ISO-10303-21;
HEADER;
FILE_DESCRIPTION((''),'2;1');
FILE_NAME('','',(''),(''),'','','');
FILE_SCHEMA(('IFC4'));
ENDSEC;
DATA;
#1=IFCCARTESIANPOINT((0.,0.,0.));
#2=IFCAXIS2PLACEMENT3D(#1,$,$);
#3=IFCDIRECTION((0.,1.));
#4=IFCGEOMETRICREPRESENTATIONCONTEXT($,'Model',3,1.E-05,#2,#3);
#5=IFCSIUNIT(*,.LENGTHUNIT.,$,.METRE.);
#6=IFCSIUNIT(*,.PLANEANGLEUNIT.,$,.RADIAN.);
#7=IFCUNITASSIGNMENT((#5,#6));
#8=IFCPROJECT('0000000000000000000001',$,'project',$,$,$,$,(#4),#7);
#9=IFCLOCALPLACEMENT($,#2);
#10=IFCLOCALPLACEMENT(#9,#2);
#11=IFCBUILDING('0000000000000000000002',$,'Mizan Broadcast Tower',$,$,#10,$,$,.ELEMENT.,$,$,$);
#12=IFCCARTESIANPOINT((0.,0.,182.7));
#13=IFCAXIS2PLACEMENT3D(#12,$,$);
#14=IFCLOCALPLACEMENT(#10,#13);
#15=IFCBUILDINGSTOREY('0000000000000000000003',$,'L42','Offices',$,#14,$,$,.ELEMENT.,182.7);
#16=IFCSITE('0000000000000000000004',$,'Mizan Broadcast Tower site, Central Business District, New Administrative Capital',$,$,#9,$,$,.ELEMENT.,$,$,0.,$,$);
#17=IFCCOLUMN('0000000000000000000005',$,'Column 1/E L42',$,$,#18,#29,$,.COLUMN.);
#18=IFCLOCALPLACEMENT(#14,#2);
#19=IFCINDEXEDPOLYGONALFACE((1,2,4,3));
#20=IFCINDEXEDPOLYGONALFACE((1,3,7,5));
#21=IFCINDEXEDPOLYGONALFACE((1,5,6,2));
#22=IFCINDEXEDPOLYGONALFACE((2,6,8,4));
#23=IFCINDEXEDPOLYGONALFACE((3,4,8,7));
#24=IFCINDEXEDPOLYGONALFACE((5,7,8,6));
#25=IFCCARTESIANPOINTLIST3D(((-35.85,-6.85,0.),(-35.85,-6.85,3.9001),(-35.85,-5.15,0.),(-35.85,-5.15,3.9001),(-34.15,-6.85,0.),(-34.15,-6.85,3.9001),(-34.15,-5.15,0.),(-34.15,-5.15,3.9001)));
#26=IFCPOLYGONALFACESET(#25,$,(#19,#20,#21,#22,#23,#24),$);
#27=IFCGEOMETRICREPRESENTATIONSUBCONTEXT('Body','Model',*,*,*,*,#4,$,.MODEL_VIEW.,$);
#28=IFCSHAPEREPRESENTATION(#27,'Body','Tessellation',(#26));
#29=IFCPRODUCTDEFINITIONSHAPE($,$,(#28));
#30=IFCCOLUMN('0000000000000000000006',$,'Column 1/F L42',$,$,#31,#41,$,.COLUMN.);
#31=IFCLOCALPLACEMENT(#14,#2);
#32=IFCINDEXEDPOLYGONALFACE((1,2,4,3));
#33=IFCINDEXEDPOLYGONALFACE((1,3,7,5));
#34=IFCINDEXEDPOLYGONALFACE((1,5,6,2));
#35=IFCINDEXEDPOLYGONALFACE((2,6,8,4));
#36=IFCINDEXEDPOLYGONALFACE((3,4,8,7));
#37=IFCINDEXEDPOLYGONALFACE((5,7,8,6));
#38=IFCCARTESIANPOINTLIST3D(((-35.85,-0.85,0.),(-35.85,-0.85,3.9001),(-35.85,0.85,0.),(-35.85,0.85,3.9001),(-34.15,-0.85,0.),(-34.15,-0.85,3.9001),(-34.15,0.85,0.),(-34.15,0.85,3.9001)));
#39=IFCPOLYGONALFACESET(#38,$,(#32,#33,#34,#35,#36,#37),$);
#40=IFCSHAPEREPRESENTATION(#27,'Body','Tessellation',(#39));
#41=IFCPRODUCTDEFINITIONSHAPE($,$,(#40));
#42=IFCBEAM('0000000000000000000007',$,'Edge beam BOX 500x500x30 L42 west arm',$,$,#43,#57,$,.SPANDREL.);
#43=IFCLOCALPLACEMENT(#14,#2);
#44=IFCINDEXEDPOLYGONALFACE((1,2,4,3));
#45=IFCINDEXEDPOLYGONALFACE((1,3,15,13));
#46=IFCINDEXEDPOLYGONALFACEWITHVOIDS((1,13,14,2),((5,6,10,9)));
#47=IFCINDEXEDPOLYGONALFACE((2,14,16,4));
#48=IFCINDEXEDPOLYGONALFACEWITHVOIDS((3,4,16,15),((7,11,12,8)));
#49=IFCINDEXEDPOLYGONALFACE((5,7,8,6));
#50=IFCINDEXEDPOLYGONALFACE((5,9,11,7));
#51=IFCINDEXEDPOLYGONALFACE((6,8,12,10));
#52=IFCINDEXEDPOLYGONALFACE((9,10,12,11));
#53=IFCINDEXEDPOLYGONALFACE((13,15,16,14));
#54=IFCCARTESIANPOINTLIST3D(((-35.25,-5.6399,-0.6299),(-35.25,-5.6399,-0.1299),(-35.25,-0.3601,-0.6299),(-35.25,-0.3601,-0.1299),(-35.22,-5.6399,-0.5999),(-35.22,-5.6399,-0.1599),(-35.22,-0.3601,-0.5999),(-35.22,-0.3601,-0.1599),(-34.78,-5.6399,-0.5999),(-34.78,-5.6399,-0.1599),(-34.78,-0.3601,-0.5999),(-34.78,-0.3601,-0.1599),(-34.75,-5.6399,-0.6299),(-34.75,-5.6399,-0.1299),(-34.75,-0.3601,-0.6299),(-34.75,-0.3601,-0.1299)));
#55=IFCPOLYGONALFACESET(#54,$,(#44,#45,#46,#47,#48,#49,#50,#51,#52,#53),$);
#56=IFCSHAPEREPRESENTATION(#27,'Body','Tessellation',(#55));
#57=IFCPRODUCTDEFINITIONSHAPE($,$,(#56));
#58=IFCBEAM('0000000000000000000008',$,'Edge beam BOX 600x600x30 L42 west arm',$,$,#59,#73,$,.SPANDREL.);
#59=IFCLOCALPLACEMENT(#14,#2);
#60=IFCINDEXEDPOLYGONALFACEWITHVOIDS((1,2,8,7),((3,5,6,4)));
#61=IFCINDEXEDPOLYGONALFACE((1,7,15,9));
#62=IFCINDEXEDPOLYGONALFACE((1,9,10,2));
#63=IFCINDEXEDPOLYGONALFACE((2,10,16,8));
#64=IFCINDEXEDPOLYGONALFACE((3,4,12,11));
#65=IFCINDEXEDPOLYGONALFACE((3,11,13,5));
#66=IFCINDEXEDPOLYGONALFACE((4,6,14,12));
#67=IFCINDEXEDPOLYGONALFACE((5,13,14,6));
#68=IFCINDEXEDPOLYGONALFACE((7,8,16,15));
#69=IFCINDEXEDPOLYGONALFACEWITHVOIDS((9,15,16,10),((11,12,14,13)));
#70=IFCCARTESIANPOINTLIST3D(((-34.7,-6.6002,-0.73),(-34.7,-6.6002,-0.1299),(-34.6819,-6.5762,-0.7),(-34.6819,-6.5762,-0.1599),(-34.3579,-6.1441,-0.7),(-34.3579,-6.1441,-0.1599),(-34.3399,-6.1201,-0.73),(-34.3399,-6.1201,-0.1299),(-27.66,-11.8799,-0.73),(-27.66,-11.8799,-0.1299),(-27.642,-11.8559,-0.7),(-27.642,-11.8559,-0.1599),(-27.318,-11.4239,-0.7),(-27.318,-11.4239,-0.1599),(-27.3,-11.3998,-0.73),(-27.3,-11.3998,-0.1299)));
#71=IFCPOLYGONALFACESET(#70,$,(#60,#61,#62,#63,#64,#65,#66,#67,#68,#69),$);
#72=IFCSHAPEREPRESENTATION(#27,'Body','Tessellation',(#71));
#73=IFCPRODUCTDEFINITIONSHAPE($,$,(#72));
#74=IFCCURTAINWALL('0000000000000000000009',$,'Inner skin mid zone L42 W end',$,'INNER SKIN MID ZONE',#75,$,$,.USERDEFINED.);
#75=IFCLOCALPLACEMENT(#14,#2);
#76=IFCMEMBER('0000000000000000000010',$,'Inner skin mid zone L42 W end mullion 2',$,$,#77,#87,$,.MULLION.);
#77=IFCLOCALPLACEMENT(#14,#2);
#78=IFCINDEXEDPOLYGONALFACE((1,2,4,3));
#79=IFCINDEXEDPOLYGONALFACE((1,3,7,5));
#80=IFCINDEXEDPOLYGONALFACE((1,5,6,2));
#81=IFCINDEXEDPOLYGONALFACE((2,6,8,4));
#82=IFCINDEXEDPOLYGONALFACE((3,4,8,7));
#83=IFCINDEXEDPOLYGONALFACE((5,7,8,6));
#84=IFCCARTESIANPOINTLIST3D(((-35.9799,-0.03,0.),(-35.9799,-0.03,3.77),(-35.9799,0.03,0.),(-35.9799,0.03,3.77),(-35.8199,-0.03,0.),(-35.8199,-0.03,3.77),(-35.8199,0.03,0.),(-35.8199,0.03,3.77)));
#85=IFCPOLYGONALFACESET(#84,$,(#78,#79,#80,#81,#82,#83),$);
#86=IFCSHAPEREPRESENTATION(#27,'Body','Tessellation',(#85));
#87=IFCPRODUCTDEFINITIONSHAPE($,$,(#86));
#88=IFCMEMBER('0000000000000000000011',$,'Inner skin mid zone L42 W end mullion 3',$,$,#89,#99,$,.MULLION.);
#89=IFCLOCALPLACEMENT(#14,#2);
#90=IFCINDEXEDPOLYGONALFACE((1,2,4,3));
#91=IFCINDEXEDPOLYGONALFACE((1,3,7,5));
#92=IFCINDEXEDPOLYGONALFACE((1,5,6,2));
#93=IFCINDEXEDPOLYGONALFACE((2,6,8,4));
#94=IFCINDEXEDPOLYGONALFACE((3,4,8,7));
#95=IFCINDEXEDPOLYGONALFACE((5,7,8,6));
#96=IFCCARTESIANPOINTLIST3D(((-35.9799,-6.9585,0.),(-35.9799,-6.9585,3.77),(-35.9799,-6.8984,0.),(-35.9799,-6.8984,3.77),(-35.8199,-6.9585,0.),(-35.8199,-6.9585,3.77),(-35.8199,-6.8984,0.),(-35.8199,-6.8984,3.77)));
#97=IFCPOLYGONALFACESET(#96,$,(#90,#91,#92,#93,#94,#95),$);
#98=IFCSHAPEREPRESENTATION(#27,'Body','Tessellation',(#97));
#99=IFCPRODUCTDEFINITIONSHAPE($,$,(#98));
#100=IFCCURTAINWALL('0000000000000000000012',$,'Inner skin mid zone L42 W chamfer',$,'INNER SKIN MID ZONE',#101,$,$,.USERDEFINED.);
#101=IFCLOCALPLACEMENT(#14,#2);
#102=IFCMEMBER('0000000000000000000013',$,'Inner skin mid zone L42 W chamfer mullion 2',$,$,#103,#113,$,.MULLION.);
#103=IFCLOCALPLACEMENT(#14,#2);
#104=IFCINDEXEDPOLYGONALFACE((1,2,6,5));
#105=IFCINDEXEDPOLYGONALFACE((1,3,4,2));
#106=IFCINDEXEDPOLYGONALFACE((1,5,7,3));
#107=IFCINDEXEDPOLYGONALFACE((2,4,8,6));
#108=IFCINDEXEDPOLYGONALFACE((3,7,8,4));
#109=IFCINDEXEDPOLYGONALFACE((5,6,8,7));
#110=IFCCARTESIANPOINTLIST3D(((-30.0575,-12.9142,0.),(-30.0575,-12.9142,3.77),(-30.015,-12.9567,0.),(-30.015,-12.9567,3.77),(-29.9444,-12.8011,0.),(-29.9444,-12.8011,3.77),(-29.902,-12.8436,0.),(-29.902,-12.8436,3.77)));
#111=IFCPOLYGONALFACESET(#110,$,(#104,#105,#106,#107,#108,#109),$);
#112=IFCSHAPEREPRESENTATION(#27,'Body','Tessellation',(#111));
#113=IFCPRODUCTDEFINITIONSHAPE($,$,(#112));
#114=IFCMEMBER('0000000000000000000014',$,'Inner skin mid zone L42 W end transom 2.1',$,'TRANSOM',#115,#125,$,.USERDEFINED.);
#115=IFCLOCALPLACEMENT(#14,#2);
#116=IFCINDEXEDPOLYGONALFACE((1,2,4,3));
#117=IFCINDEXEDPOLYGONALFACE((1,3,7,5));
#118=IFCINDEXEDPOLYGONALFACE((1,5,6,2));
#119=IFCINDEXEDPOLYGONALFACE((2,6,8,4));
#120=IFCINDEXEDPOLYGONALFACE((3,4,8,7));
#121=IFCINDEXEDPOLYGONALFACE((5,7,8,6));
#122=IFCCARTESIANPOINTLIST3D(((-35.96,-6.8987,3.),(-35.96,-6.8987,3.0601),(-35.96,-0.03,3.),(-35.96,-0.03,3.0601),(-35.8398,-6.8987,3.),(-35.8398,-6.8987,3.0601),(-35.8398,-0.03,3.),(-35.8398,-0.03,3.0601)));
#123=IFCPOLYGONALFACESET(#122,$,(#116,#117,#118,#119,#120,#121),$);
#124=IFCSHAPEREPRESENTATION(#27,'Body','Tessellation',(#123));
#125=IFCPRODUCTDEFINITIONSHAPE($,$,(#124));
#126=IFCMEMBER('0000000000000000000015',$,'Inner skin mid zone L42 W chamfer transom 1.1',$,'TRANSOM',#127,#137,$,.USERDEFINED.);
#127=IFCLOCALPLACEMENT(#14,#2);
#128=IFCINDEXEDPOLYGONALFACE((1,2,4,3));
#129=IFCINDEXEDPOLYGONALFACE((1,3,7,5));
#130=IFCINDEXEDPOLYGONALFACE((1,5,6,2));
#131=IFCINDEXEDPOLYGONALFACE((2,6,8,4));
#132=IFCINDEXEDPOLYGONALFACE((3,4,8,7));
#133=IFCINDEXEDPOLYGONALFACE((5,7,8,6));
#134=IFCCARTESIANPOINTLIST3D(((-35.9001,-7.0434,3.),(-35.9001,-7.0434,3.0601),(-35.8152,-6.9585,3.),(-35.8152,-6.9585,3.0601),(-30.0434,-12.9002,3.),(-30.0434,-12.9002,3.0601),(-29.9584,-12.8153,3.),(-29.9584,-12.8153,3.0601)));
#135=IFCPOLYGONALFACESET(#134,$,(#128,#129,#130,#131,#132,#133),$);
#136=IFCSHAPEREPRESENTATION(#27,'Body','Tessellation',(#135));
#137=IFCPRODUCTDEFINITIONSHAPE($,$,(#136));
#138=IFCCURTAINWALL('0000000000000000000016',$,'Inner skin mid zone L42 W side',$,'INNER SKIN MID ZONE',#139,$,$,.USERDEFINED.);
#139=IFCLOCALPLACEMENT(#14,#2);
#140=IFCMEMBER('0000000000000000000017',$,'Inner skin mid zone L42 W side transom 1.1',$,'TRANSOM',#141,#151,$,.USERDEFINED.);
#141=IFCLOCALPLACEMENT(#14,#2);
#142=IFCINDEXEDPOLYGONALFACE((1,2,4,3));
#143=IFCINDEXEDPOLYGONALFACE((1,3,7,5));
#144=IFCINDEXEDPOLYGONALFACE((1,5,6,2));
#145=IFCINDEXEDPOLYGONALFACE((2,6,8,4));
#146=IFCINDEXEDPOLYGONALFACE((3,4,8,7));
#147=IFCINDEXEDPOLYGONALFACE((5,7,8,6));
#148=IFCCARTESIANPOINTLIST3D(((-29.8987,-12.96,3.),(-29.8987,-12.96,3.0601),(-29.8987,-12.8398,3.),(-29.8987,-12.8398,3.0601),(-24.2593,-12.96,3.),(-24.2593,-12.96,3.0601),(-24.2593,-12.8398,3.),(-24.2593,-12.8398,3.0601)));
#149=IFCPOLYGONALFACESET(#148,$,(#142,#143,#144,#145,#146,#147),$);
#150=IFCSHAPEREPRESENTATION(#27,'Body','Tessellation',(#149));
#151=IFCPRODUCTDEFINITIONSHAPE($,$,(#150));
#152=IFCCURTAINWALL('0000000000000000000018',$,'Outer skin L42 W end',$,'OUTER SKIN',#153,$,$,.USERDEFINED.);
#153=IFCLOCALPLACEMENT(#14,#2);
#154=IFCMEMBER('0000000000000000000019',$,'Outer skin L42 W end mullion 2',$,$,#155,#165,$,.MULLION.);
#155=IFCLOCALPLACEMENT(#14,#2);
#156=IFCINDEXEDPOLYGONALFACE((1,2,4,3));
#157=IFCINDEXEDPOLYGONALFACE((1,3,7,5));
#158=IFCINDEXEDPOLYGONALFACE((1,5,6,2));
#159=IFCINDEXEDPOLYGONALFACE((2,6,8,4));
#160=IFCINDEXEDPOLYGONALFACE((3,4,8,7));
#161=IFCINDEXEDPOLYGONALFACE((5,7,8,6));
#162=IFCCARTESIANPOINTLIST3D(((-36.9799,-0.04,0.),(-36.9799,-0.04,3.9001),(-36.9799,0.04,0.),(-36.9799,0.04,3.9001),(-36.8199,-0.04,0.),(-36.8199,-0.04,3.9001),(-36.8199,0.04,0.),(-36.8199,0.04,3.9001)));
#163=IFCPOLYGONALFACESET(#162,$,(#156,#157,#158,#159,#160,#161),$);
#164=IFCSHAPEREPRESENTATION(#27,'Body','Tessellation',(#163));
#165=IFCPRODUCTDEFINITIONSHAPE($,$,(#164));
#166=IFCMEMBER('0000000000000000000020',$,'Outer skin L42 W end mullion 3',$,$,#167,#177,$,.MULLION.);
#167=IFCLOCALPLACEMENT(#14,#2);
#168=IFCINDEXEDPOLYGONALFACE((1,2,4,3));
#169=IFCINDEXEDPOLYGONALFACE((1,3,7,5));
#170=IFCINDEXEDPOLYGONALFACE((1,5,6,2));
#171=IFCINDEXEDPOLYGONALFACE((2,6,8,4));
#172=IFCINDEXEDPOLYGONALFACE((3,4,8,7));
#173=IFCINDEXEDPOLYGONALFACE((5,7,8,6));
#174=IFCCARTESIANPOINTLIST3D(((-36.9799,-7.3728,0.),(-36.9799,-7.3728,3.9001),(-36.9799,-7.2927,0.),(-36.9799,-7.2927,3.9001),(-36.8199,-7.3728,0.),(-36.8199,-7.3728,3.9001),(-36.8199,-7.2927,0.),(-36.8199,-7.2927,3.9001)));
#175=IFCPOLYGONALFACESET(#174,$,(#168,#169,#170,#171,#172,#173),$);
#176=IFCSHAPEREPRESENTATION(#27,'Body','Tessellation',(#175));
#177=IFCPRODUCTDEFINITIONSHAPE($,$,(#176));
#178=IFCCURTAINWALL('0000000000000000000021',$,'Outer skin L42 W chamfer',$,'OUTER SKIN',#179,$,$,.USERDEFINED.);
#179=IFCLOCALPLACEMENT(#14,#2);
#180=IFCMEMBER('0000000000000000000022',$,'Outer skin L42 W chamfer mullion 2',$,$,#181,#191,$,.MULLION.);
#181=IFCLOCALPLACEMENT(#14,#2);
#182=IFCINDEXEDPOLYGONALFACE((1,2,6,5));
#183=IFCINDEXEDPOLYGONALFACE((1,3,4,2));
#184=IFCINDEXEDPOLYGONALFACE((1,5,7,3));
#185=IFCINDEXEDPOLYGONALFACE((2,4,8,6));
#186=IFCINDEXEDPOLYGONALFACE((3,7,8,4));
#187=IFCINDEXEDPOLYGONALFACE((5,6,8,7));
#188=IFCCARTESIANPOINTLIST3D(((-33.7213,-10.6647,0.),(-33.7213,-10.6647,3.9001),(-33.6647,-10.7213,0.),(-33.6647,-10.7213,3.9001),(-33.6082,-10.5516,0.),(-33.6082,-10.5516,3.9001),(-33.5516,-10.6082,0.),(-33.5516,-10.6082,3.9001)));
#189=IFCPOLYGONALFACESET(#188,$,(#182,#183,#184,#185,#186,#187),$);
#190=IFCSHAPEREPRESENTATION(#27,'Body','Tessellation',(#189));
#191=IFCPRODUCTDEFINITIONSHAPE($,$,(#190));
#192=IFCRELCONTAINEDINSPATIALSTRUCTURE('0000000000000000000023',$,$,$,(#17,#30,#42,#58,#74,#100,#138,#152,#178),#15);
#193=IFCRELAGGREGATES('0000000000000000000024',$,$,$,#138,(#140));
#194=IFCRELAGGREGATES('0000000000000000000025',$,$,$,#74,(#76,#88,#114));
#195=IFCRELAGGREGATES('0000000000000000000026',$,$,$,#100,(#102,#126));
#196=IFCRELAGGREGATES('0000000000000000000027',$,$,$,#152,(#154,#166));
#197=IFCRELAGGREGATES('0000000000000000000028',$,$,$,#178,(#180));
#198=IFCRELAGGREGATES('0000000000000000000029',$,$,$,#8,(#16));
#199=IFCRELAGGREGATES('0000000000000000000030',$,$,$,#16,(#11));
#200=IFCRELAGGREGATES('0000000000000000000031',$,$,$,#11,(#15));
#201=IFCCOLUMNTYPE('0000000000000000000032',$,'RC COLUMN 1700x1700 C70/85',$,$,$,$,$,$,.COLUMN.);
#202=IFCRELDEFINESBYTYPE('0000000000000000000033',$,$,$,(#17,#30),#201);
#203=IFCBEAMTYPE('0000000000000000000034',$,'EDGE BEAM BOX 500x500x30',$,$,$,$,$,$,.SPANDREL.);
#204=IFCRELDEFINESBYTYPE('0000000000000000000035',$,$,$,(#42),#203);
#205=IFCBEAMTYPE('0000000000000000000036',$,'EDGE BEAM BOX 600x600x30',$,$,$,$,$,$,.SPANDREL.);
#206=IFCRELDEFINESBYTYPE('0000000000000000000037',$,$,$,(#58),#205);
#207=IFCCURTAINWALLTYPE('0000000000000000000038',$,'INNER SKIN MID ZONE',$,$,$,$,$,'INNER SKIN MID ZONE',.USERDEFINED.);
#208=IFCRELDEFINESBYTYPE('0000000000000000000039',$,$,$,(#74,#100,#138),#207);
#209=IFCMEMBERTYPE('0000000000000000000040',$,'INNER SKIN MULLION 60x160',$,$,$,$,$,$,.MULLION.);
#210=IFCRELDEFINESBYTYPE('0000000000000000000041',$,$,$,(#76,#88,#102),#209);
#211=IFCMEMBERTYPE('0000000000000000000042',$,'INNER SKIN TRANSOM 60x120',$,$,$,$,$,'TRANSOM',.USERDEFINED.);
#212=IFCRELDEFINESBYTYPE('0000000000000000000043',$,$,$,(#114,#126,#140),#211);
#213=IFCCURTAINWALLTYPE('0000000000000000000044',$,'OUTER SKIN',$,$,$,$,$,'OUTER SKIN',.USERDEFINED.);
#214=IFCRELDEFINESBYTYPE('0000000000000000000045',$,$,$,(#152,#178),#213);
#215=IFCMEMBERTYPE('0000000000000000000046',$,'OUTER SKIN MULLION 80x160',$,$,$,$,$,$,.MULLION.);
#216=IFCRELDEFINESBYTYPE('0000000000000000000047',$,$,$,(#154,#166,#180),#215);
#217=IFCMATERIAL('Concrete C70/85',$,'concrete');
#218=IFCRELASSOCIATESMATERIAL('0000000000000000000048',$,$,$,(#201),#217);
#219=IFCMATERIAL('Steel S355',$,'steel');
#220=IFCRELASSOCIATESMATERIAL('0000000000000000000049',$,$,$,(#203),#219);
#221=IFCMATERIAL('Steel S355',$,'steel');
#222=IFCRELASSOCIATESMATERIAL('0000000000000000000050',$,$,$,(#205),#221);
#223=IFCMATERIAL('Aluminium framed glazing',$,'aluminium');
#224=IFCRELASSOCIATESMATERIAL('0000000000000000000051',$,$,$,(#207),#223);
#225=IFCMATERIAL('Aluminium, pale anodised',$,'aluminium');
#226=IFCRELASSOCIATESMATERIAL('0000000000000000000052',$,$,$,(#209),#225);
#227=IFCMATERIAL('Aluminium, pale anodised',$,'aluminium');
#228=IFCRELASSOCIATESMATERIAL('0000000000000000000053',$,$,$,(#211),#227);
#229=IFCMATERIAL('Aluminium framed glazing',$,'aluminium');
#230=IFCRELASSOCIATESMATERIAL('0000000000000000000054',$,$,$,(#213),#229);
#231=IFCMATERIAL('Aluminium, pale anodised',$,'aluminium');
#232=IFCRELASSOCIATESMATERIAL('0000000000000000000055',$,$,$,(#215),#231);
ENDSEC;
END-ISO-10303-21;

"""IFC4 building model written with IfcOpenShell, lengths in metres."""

from ifc_helpers import new_model, si_unit, direction, frame, origin, origin_2d, place, context, subcontext, project, spatial, rectangle, hollow_rectangle, extrude, material, material_profile, profile_set, type_object, element, aggregate, save


model = new_model("IFC4")

# Units and contexts
model_context = context("Model", 3, precision=1e-05, world=origin(), true_north=direction((0.0, 1.0)))
body_context = subcontext(model_context, "Body", "Model", "MODEL_VIEW")
ifc_project = project(units=[si_unit("LENGTHUNIT", "METRE"), si_unit("PLANEANGLEUNIT", "RADIAN")], contexts=[model_context])

# Site, building, storey
site_placement = place(None, origin())
site = spatial("IfcSite", under=ifc_project, at=site_placement, Name="Mizan Broadcast Tower site, Central Business District, New Administrative Capital", CompositionType="ELEMENT", RefElevation=0.0)
building_placement = place(site_placement, origin())
building = spatial("IfcBuilding", under=site, at=building_placement, Name="Mizan Broadcast Tower", CompositionType="ELEMENT")
storey_placement = place(building_placement, frame((0.0, 0.0, 182.7)))
storey = spatial("IfcBuildingStorey", under=building, at=storey_placement, Name="L42", Description="Offices", CompositionType="ELEMENT", Elevation=182.7)

# Columns
ifc_material_1 = material(Name="Concrete C70/85", Category="concrete")
ifc_material_profile_1 = material_profile(ifc_material_1, rectangle(XDim=1.7, YDim=1.7, at=origin_2d()), Name="RC 1700x1700")
ifc_profile_set_1 = profile_set([ifc_material_profile_1], Name="Concrete C70/85")
column_type = type_object("IfcColumnType", Name="RC COLUMN 1700x1700 C70/85", PredefinedType="COLUMN", material=ifc_profile_set_1)
for number, where, z_axis, x_axis, name in (
    (1, (-35.0, -6.0, 0.0), (0.0, 0.0, 1.0), (1.0, 0.0, 0.0), "Column 1/E L42"),
    (2, (-35.0, 0.0, 0.0), (0.0, 0.0, 1.0), (1.0, 0.0, 0.0), "Column 1/F L42"),
):
    element("IfcColumn", number, at=place(storey_placement, frame(where, z_axis=z_axis, x_axis=x_axis)), inside=storey, type_object=column_type, Name=name, PredefinedType="COLUMN", context=body_context, shape_type="SweptSolid", body=[
        extrude(rectangle(XDim=1.7, YDim=1.7, at=origin_2d()), origin(), (0.0, 0.0, 1.0), 3.9001),
    ])

# Beams
ifc_material_2 = material(Name="Steel S355", Category="steel")
ifc_material_profile_2 = material_profile(ifc_material_2, hollow_rectangle(XDim=0.5, YDim=0.5, WallThickness=0.03, at=origin_2d()), Name="BOX 500x500x30")
ifc_profile_set_2 = profile_set([ifc_material_profile_2], Name="Steel S355")
beam_type_1 = type_object("IfcBeamType", Name="EDGE BEAM BOX 500x500x30", PredefinedType="SPANDREL", material=ifc_profile_set_2)
beam_1_placement = place(storey_placement, frame((-35.0, -5.6399, -0.3799), z_axis=(0.0, 1.0, 0.0), x_axis=(-1.0, 0.0, 0.0)))
element("IfcBeam", 3, at=beam_1_placement, inside=storey, type_object=beam_type_1, Name="Edge beam BOX 500x500x30 L42 west arm", PredefinedType="SPANDREL", context=body_context, shape_type="SweptSolid", body=[
    extrude(hollow_rectangle(XDim=0.5, YDim=0.5, WallThickness=0.03, at=origin_2d()), origin(), (0.0, 0.0, 1.0), 5.2798),
])
ifc_material_3 = material(Name="Steel S355", Category="steel")
ifc_material_profile_3 = material_profile(ifc_material_3, hollow_rectangle(XDim=0.6001, YDim=0.6001, WallThickness=0.03, at=origin_2d()), Name="BOX 600x600x30")
ifc_profile_set_3 = profile_set([ifc_material_profile_3], Name="Steel S355")
beam_type_2 = type_object("IfcBeamType", Name="EDGE BEAM BOX 600x600x30", PredefinedType="SPANDREL", material=ifc_profile_set_3)
beam_2_placement = place(storey_placement, frame((-27.48, -11.6399, -0.4299), z_axis=(-0.800013, 0.599982, 0.0), x_axis=(-0.599982, -0.800013, 0.0)))
element("IfcBeam", 4, at=beam_2_placement, inside=storey, type_object=beam_type_2, Name="Edge beam BOX 600x600x30 L42 west arm", PredefinedType="SPANDREL", context=body_context, shape_type="SweptSolid", body=[
    extrude(hollow_rectangle(XDim=0.6001, YDim=0.6001, WallThickness=0.03, at=origin_2d()), origin(), (0.0, 0.0, 1.0), 8.7998),
])

# Curtain wall, members
ifc_material_4 = material(Name="Aluminium framed glazing", Category="aluminium")
curtain_wall_type_1 = type_object("IfcCurtainWallType", Name="INNER SKIN MID ZONE", ElementType="INNER SKIN MID ZONE", PredefinedType="USERDEFINED", material=ifc_material_4)
curtain_wall_1_placement = place(storey_placement, origin())
curtain_wall_1 = element("IfcCurtainWall", 5, at=curtain_wall_1_placement, inside=storey, type_object=curtain_wall_type_1, Name="Inner skin mid zone L42 W end", ObjectType="INNER SKIN MID ZONE", PredefinedType="USERDEFINED")
ifc_material_5 = material(Name="Aluminium, pale anodised", Category="aluminium")
ifc_material_profile_4 = material_profile(ifc_material_5, rectangle(XDim=0.1599, YDim=0.0601, at=origin_2d()), Name="MULLION 160x60")
ifc_profile_set_4 = profile_set([ifc_material_profile_4], Name="Aluminium, pale anodised")
member_type_1 = type_object("IfcMemberType", Name="INNER SKIN MULLION 60x160", PredefinedType="MULLION", material=ifc_profile_set_4)
member_1_placement = place(storey_placement, frame((-35.8999, 0.0, 0.0), z_axis=(0.0, 0.0, 1.0), x_axis=(1.0, 0.0, 0.0)))
member_1 = element("IfcMember", 6, at=member_1_placement, type_object=member_type_1, Name="Inner skin mid zone L42 W end mullion 2", PredefinedType="MULLION", context=body_context, shape_type="SweptSolid", body=[
    extrude(rectangle(XDim=0.1599, YDim=0.0601, at=origin_2d()), origin(), (0.0, 0.0, 1.0), 3.77),
])
member_2_placement = place(storey_placement, frame((-35.8999, -6.9285, 0.0), z_axis=(0.0, 0.0, 1.0), x_axis=(1.0, 0.0, 0.0)))
member_2 = element("IfcMember", 7, at=member_2_placement, type_object=member_type_1, Name="Inner skin mid zone L42 W end mullion 3", PredefinedType="MULLION", context=body_context, shape_type="SweptSolid", body=[
    extrude(rectangle(XDim=0.1599, YDim=0.0601, at=origin_2d()), origin(), (0.0, 0.0, 1.0), 3.77),
])

# Curtain wall, member
curtain_wall_2_placement = place(storey_placement, origin())
curtain_wall_2 = element("IfcCurtainWall", 8, at=curtain_wall_2_placement, inside=storey, type_object=curtain_wall_type_1, Name="Inner skin mid zone L42 W chamfer", ObjectType="INNER SKIN MID ZONE", PredefinedType="USERDEFINED")
member_3_placement = place(storey_placement, frame((-29.9797, -12.8789, 0.0), z_axis=(0.0, 0.0, 1.0), x_axis=(0.707107, 0.707107, 0.0)))
member_3 = element("IfcMember", 9, at=member_3_placement, type_object=member_type_1, Name="Inner skin mid zone L42 W chamfer mullion 2", PredefinedType="MULLION", context=body_context, shape_type="SweptSolid", body=[
    extrude(rectangle(XDim=0.1599, YDim=0.0601, at=origin_2d()), origin(), (0.0, 0.0, 1.0), 3.77),
])

# Members
ifc_material_6 = material(Name="Aluminium, pale anodised", Category="aluminium")
ifc_material_profile_5 = material_profile(ifc_material_6, rectangle(XDim=0.1201, YDim=0.0601, at=origin_2d()), Name="TRANSOM 120x60")
ifc_profile_set_5 = profile_set([ifc_material_profile_5], Name="Aluminium, pale anodised")
member_type_2 = type_object("IfcMemberType", Name="INNER SKIN TRANSOM 60x120", ElementType="TRANSOM", PredefinedType="USERDEFINED", material=ifc_profile_set_5)
member_4_placement = place(storey_placement, frame((-35.8999, -0.03, 3.03), z_axis=(0.0, -1.0, 0.0), x_axis=(1.0, 0.0, 0.0)))
member_4 = element("IfcMember", 10, at=member_4_placement, type_object=member_type_2, Name="Inner skin mid zone L42 W end transom 2.1", ObjectType="TRANSOM", PredefinedType="USERDEFINED", context=body_context, shape_type="SweptSolid", body=[
    extrude(rectangle(XDim=0.1201, YDim=0.0601, at=origin_2d()), origin(), (0.0, 0.0, 1.0), 6.8687),
])
member_5_placement = place(storey_placement, frame((-35.8577, -7.001, 3.03), z_axis=(0.707107, -0.707107, 0.0), x_axis=(0.707107, 0.707107, 0.0)))
member_5 = element("IfcMember", 11, at=member_5_placement, type_object=member_type_2, Name="Inner skin mid zone L42 W chamfer transom 1.1", ObjectType="TRANSOM", PredefinedType="USERDEFINED", context=body_context, shape_type="SweptSolid", body=[
    extrude(rectangle(XDim=0.1201, YDim=0.0601, at=origin_2d()), origin(), (0.0, 0.0, 1.0), 8.2827),
])

# Curtain wall, member
curtain_wall_3_placement = place(storey_placement, origin())
curtain_wall_3 = element("IfcCurtainWall", 12, at=curtain_wall_3_placement, inside=storey, type_object=curtain_wall_type_1, Name="Inner skin mid zone L42 W side", ObjectType="INNER SKIN MID ZONE", PredefinedType="USERDEFINED")
member_6_placement = place(storey_placement, frame((-29.8987, -12.8999, 3.03), z_axis=(1.0, 0.0, 0.0), x_axis=(0.0, 1.0, 0.0)))
member_6 = element("IfcMember", 13, at=member_6_placement, type_object=member_type_2, Name="Inner skin mid zone L42 W side transom 1.1", ObjectType="TRANSOM", PredefinedType="USERDEFINED", context=body_context, shape_type="SweptSolid", body=[
    extrude(rectangle(XDim=0.1201, YDim=0.0601, at=origin_2d()), origin(), (0.0, 0.0, 1.0), 5.6394),
])
aggregate(curtain_wall_3, [member_6])

# Curtain walls, members
ifc_material_7 = material(Name="Aluminium framed glazing", Category="aluminium")
curtain_wall_type_2 = type_object("IfcCurtainWallType", Name="OUTER SKIN", ElementType="OUTER SKIN", PredefinedType="USERDEFINED", material=ifc_material_7)
curtain_wall_4_placement = place(storey_placement, origin())
curtain_wall_4 = element("IfcCurtainWall", 14, at=curtain_wall_4_placement, inside=storey, type_object=curtain_wall_type_2, Name="Outer skin L42 W end", ObjectType="OUTER SKIN", PredefinedType="USERDEFINED")
ifc_material_8 = material(Name="Aluminium, pale anodised", Category="aluminium")
ifc_material_profile_6 = material_profile(ifc_material_8, rectangle(XDim=0.1599, YDim=0.0801, at=origin_2d()), Name="MULLION 160x80")
ifc_profile_set_6 = profile_set([ifc_material_profile_6], Name="Aluminium, pale anodised")
member_type_3 = type_object("IfcMemberType", Name="OUTER SKIN MULLION 80x160", PredefinedType="MULLION", material=ifc_profile_set_6)
member_7_placement = place(storey_placement, frame((-36.8999, 0.0, 0.0), z_axis=(0.0, 0.0, 1.0), x_axis=(1.0, 0.0, 0.0)))
member_7 = element("IfcMember", 15, at=member_7_placement, type_object=member_type_3, Name="Outer skin L42 W end mullion 2", PredefinedType="MULLION", context=body_context, shape_type="SweptSolid", body=[
    extrude(rectangle(XDim=0.1599, YDim=0.0801, at=origin_2d()), origin(), (0.0, 0.0, 1.0), 3.9001),
])
member_8_placement = place(storey_placement, frame((-36.8999, -7.3328, 0.0), z_axis=(0.0, 0.0, 1.0), x_axis=(1.0, 0.0, 0.0)))
member_8 = element("IfcMember", 16, at=member_8_placement, type_object=member_type_3, Name="Outer skin L42 W end mullion 3", PredefinedType="MULLION", context=body_context, shape_type="SweptSolid", body=[
    extrude(rectangle(XDim=0.1599, YDim=0.0801, at=origin_2d()), origin(), (0.0, 0.0, 1.0), 3.9001),
])
curtain_wall_5_placement = place(storey_placement, origin())
curtain_wall_5 = element("IfcCurtainWall", 17, at=curtain_wall_5_placement, inside=storey, type_object=curtain_wall_type_2, Name="Outer skin L42 W chamfer", ObjectType="OUTER SKIN", PredefinedType="USERDEFINED")
member_9_placement = place(storey_placement, frame((-33.6365, -10.6365, 0.0), z_axis=(0.0, 0.0, 1.0), x_axis=(0.707107, 0.707107, 0.0)))
member_9 = element("IfcMember", 18, at=member_9_placement, type_object=member_type_3, Name="Outer skin L42 W chamfer mullion 2", PredefinedType="MULLION", context=body_context, shape_type="SweptSolid", body=[
    extrude(rectangle(XDim=0.1599, YDim=0.0801, at=origin_2d()), origin(), (0.0, 0.0, 1.0), 3.9001),
])

aggregate(curtain_wall_1, [member_1, member_2, member_4])
aggregate(curtain_wall_2, [member_3, member_5])
aggregate(curtain_wall_4, [member_7, member_8])
aggregate(curtain_wall_5, [member_9])

save(model, "model.ifc")
